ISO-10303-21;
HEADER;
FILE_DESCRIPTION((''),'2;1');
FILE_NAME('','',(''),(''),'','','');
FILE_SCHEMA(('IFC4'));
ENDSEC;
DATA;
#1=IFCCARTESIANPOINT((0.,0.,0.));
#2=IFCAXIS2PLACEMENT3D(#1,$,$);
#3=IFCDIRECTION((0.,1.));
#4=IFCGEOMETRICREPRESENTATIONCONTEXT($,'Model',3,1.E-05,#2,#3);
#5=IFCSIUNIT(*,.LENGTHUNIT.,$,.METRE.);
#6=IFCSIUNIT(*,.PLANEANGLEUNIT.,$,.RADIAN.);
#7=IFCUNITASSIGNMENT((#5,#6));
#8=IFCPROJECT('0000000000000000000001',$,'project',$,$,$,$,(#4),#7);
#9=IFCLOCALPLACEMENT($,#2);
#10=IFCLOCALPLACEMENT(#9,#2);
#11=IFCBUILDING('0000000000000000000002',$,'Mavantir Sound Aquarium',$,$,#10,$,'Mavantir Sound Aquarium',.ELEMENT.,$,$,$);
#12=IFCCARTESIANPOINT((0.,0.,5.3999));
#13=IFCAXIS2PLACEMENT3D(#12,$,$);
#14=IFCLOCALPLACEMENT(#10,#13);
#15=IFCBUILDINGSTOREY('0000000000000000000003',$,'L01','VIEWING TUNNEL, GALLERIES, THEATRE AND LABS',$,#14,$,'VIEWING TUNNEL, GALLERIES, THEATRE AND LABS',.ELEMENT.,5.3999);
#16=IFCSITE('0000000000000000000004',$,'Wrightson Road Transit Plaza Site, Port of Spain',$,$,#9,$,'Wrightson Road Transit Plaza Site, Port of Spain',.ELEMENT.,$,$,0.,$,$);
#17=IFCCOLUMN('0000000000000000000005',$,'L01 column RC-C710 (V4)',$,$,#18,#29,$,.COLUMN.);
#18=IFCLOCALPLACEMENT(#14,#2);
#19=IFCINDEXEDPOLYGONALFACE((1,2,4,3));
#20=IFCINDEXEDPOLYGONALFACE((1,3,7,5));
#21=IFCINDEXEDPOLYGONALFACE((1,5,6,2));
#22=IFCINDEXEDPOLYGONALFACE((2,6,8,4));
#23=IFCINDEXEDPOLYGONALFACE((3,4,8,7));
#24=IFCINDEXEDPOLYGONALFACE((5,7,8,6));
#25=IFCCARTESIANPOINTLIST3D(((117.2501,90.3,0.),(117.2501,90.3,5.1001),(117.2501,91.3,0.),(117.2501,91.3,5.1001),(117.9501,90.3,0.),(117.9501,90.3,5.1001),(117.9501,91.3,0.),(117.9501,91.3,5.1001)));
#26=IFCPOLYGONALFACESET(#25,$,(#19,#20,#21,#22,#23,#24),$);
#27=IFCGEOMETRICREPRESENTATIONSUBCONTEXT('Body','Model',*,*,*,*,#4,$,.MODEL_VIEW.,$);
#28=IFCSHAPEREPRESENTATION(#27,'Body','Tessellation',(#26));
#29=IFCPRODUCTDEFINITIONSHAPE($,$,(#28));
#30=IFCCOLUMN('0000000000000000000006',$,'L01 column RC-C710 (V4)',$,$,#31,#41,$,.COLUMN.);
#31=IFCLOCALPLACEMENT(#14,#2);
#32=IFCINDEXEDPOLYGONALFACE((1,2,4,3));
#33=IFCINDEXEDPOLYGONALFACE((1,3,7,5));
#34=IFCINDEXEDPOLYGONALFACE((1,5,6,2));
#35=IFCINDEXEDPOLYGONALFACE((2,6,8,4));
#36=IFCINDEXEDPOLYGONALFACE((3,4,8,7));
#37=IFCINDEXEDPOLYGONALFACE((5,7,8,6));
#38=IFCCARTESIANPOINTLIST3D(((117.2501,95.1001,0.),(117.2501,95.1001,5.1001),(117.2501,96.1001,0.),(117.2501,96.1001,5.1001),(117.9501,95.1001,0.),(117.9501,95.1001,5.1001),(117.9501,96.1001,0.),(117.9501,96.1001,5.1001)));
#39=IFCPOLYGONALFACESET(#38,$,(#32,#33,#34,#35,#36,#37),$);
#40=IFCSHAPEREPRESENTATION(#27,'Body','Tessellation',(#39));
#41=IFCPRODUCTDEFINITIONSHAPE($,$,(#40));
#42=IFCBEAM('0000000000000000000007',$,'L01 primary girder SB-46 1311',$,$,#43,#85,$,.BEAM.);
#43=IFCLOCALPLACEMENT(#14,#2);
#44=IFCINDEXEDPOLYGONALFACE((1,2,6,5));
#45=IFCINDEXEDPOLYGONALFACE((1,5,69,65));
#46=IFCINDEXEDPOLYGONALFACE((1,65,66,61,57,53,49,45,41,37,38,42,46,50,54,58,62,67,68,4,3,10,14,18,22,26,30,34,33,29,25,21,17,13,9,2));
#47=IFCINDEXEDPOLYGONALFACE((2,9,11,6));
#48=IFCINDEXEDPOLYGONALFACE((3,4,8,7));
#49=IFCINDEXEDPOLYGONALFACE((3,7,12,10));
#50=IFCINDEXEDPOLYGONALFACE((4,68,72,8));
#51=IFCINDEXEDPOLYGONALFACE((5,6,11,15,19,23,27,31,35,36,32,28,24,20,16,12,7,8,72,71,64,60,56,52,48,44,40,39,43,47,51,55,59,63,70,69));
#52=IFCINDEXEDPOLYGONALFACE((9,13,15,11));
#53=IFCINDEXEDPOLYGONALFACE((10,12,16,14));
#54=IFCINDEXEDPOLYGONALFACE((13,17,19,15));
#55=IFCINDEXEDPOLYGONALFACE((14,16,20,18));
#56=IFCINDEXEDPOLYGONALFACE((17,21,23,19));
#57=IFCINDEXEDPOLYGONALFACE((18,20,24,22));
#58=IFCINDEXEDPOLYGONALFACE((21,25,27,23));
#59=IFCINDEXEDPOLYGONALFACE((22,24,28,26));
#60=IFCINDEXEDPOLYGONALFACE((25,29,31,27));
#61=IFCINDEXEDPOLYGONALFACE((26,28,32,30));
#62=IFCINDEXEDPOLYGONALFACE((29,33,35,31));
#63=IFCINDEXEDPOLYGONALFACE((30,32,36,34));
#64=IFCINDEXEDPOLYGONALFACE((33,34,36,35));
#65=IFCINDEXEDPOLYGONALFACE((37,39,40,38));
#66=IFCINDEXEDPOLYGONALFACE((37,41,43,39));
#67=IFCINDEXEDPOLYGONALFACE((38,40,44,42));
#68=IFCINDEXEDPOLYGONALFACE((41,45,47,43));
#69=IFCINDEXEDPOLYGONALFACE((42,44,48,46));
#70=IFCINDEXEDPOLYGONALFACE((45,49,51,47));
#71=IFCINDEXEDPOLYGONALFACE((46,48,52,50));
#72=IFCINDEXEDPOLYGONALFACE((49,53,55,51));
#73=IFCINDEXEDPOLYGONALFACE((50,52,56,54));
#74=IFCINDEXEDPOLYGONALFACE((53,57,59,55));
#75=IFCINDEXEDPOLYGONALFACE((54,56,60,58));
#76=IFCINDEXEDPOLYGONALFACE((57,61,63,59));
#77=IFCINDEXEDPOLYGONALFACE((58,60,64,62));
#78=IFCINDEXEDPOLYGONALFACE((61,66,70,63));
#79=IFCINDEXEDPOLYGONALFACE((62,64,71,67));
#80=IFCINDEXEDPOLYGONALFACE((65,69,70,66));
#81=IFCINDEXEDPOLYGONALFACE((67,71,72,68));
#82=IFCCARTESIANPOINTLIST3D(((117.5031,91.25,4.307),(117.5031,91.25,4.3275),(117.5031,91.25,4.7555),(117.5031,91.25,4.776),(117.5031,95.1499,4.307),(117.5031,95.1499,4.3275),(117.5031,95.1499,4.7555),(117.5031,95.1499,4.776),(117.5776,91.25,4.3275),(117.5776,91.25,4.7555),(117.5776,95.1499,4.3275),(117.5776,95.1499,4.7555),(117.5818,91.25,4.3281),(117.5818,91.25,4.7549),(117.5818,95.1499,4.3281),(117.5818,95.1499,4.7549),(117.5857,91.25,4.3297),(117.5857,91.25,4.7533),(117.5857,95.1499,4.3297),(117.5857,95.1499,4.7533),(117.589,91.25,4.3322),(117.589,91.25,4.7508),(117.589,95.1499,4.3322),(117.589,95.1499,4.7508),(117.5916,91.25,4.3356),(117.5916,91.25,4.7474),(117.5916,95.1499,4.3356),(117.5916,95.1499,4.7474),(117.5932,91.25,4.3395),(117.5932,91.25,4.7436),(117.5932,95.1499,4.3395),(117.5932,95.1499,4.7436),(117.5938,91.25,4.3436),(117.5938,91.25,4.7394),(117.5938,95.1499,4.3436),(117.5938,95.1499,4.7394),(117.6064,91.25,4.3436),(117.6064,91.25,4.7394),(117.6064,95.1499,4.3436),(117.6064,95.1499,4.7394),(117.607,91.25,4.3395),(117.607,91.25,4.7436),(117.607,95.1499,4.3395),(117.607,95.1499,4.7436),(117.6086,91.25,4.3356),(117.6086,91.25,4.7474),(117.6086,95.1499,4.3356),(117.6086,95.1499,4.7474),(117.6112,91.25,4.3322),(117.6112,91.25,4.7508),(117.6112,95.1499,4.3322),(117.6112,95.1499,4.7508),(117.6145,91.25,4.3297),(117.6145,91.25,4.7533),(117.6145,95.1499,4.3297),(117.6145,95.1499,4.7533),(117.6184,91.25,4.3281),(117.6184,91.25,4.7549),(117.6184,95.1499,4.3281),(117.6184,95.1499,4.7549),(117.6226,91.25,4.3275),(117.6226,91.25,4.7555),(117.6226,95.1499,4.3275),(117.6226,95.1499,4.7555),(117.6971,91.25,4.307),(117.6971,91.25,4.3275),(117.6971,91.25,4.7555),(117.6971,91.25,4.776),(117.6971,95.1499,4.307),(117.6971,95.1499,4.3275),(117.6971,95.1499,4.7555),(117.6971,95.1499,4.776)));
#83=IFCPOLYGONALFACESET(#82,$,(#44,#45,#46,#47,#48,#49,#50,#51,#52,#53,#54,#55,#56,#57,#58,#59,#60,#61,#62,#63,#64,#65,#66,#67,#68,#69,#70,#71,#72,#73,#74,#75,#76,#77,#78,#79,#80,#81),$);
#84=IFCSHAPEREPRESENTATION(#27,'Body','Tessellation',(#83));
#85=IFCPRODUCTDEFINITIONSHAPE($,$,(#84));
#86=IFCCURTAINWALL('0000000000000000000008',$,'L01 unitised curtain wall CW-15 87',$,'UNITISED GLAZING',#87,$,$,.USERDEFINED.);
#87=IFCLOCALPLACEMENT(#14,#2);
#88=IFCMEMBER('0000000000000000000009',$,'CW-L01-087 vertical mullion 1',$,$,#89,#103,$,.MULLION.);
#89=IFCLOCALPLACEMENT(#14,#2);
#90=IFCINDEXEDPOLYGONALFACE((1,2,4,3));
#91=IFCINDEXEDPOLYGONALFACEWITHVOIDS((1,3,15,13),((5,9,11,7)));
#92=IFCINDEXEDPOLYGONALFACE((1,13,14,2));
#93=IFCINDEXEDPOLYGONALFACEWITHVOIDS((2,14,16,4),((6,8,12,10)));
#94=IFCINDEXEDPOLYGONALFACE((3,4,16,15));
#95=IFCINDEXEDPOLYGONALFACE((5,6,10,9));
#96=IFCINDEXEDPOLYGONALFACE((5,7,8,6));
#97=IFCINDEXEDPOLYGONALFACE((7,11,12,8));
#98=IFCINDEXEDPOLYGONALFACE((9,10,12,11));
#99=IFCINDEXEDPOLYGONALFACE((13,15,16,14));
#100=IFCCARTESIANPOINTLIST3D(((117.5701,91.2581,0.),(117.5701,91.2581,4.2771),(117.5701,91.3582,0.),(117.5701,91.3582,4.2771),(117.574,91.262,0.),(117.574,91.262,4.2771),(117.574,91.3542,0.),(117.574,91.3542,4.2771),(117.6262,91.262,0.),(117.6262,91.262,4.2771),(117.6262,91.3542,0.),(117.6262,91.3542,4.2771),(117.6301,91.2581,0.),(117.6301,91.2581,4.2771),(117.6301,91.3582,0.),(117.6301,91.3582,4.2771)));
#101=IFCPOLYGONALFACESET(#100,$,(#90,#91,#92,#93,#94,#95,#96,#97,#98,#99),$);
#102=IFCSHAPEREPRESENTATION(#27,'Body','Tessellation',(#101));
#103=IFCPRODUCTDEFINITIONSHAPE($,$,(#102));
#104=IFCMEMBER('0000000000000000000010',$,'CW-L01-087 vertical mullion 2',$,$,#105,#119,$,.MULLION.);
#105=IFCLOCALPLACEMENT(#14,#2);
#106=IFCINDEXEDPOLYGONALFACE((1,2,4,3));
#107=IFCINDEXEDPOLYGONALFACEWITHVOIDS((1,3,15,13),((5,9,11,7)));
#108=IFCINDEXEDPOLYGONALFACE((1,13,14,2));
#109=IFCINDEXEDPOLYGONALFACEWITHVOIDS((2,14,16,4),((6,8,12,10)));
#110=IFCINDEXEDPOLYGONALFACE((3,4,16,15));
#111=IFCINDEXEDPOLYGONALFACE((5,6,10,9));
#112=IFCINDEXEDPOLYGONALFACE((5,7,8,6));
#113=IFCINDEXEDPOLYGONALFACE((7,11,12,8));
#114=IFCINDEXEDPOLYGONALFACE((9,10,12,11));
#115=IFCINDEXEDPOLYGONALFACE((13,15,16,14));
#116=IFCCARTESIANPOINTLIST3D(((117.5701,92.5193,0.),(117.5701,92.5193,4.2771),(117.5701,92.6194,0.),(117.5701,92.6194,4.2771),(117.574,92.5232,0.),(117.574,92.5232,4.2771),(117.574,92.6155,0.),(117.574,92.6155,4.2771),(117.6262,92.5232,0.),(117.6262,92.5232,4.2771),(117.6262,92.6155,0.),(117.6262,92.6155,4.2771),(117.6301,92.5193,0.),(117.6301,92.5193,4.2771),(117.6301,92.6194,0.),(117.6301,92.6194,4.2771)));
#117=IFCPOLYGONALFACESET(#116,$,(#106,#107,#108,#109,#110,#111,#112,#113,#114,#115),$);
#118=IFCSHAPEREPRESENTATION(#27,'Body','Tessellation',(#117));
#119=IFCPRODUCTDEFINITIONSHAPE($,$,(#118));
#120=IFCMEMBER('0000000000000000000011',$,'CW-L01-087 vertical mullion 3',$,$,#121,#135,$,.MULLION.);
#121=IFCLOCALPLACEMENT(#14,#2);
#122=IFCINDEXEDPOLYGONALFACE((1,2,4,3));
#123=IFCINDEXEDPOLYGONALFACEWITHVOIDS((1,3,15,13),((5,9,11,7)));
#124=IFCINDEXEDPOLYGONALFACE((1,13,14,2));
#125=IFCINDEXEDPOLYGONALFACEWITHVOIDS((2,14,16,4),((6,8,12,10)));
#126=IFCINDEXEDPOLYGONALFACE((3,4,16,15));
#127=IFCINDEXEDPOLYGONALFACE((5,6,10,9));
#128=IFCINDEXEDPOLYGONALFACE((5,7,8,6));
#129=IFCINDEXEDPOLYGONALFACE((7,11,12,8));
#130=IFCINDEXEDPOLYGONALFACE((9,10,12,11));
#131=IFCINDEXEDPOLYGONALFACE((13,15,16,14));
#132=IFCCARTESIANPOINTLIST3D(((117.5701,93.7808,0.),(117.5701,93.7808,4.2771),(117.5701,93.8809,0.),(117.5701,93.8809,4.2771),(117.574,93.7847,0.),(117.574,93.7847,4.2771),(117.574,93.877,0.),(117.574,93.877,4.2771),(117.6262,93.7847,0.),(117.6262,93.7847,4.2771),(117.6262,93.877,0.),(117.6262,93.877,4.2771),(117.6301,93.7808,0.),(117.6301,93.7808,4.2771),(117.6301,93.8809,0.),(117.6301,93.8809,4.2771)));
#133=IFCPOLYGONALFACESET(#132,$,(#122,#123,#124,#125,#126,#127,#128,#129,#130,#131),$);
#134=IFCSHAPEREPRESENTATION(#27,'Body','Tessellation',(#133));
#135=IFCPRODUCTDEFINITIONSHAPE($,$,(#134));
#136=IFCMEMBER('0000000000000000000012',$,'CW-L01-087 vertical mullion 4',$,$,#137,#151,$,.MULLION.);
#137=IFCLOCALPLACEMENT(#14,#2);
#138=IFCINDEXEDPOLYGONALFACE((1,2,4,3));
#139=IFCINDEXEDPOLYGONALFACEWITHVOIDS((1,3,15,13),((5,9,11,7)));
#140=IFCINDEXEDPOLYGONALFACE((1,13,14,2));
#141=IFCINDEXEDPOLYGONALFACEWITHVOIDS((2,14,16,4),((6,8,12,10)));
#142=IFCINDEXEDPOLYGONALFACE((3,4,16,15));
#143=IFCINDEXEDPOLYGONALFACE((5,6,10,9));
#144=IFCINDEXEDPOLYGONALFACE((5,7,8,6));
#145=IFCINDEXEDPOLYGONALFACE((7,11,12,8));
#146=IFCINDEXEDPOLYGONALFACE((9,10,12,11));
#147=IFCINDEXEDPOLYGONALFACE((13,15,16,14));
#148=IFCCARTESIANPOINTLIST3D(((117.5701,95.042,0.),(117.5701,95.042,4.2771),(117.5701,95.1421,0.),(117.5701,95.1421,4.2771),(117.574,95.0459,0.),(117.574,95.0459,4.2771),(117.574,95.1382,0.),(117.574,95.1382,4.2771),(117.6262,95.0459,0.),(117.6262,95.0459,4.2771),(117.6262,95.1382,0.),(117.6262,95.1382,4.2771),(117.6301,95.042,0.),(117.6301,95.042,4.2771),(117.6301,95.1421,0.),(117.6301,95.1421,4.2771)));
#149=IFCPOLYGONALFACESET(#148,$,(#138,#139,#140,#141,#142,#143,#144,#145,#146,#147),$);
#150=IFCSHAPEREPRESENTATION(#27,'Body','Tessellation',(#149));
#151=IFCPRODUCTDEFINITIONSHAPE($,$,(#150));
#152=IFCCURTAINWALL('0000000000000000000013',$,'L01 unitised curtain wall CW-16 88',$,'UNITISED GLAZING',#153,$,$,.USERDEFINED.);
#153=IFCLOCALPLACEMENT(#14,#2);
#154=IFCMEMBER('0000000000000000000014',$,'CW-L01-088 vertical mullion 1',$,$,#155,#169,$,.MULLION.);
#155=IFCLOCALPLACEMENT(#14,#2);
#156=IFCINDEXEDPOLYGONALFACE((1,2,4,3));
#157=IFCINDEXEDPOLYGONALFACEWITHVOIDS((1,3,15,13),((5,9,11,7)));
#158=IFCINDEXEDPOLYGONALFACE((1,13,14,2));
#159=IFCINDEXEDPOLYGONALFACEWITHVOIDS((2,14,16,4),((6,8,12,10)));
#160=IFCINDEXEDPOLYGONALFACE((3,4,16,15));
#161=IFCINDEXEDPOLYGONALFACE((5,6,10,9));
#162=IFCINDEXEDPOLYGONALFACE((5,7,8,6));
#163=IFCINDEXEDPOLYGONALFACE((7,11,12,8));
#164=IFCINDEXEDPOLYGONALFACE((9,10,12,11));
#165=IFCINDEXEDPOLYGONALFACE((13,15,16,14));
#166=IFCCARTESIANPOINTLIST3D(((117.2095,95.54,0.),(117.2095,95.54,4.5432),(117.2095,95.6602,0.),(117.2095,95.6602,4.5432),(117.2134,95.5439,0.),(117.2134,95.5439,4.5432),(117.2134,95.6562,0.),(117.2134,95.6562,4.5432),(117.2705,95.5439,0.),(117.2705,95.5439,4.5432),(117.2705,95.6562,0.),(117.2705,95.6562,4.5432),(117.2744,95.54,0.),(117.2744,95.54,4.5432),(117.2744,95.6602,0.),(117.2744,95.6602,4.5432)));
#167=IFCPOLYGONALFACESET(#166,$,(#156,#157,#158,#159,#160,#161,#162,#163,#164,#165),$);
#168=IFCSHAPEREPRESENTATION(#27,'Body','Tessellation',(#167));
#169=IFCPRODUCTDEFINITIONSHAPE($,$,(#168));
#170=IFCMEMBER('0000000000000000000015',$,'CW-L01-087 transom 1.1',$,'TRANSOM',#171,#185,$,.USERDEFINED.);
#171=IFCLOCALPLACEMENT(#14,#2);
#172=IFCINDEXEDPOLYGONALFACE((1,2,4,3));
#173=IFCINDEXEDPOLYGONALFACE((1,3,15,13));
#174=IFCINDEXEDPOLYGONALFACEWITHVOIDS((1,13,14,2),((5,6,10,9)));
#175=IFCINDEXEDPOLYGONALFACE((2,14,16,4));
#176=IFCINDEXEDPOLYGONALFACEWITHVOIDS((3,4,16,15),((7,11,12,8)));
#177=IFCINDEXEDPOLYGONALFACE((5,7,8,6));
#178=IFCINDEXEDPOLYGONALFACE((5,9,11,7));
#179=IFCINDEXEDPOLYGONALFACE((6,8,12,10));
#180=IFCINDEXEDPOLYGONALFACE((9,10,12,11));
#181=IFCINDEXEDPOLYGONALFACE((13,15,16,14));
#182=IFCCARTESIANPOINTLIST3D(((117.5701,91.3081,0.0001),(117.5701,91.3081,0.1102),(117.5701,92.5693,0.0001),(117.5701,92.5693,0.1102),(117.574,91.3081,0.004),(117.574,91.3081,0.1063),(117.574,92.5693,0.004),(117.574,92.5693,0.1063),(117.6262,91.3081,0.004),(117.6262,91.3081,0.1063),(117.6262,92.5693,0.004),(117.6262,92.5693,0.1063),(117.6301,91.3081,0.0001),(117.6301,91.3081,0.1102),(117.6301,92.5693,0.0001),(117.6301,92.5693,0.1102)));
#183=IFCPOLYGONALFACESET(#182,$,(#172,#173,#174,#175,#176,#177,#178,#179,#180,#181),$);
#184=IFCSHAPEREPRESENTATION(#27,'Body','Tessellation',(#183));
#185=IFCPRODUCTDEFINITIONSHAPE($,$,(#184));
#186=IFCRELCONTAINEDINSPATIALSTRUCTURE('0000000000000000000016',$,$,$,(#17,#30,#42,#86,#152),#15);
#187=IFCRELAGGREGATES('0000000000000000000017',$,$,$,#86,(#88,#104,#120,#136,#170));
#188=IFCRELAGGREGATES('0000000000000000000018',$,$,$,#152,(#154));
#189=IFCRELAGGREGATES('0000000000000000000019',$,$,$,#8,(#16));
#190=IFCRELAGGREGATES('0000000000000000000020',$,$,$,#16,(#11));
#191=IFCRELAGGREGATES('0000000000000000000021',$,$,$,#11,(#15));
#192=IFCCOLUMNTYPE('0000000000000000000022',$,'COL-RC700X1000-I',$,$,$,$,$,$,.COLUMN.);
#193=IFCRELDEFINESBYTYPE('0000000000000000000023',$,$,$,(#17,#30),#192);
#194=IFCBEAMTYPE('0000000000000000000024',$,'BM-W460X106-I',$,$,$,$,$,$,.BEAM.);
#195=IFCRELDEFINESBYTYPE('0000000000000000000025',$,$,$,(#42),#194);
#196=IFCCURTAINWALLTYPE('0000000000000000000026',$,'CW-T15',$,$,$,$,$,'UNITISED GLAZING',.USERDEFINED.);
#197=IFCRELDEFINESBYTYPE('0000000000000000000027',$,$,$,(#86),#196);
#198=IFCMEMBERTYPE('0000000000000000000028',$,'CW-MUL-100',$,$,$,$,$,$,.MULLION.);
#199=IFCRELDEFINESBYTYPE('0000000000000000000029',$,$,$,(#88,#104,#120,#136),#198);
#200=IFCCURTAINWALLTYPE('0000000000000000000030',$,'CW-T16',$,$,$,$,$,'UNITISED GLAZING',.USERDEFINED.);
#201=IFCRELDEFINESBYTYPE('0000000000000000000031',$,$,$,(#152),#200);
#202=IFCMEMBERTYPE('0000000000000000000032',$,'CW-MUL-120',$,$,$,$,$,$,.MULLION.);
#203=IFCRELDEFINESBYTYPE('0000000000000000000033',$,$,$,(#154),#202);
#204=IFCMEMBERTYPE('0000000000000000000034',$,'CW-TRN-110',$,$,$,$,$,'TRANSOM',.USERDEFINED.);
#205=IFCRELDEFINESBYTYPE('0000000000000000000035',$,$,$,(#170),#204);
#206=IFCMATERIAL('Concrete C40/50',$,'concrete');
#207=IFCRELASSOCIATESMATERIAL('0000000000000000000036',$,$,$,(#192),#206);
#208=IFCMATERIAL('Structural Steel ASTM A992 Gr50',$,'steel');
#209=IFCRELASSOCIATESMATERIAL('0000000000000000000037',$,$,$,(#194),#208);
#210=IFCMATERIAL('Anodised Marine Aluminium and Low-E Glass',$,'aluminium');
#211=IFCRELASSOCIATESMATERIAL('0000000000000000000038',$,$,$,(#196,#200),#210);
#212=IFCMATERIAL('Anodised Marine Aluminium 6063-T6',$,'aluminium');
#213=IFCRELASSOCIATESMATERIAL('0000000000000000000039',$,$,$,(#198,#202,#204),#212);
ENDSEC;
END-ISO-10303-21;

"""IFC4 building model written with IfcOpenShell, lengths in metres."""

from ifc_helpers import new_model, si_unit, direction, frame, origin, origin_2d, place, context, subcontext, project, spatial, rectangle, hollow_rectangle, i_section, extrude, material, material_profile, profile_set, type_object, element, aggregate, save


model = new_model("IFC4")

# Units and contexts
model_context = context("Model", 3, precision=1e-05, world=origin(), true_north=direction((0.0, 1.0)))
body_context = subcontext(model_context, "Body", "Model", "MODEL_VIEW")
ifc_project = project(units=[si_unit("LENGTHUNIT", "METRE"), si_unit("PLANEANGLEUNIT", "RADIAN")], contexts=[model_context])

# Site, building, storey
site_placement = place(None, origin())
site = spatial("IfcSite", under=ifc_project, at=site_placement, Name="Wrightson Road Transit Plaza Site, Port of Spain", LongName="Wrightson Road Transit Plaza Site, Port of Spain", CompositionType="ELEMENT", RefElevation=0.0)
building_placement = place(site_placement, origin())
building = spatial("IfcBuilding", under=site, at=building_placement, Name="Mavantir Sound Aquarium", LongName="Mavantir Sound Aquarium", CompositionType="ELEMENT")
storey_placement = place(building_placement, frame((0.0, 0.0, 5.3999)))
storey = spatial("IfcBuildingStorey", under=building, at=storey_placement, Name="L01", Description="VIEWING TUNNEL, GALLERIES, THEATRE AND LABS", LongName="VIEWING TUNNEL, GALLERIES, THEATRE AND LABS", CompositionType="ELEMENT", Elevation=5.3999)

# Columns
ifc_material_1 = material(Name="Concrete C40/50", Category="concrete")
ifc_material_profile_1 = material_profile(ifc_material_1, rectangle(XDim=0.7, YDim=1.0, at=origin_2d()), Name="RC 700X1000")
ifc_profile_set_1 = profile_set([ifc_material_profile_1], Name="Concrete C40/50")
column_type = type_object("IfcColumnType", Name="COL-RC700X1000-I", PredefinedType="COLUMN", material=ifc_profile_set_1)
for number, where, z_axis, x_axis, name in (
    (1, (117.6001, 90.8, 0.0), (0.0, 0.0, 1.0), (1.0, 0.0, 0.0), "L01 column RC-C710 (V4)"),
    (2, (117.6001, 95.6001, 0.0), (0.0, 0.0, 1.0), (1.0, 0.0, 0.0), "L01 column RC-C710 (V4)"),
):
    element("IfcColumn", number, at=place(storey_placement, frame(where, z_axis=z_axis, x_axis=x_axis)), inside=storey, type_object=column_type, Name=name, PredefinedType="COLUMN", context=body_context, shape_type="SweptSolid", body=[
        extrude(rectangle(XDim=0.7, YDim=1.0, at=origin_2d()), origin(), (0.0, 0.0, 1.0), 5.1001),
    ])

# Beam
ifc_material_2 = material(Name="Structural Steel ASTM A992 Gr50", Category="steel")
ifc_material_profile_2 = material_profile(ifc_material_2, i_section(OverallWidth=0.1941, OverallDepth=0.469, WebThickness=0.0127, FlangeThickness=0.0205, FilletRadius=0.0161, at=origin_2d()), Name="W460X106")
ifc_profile_set_2 = profile_set([ifc_material_profile_2], Name="Structural Steel ASTM A992 Gr50")
beam_type = type_object("IfcBeamType", Name="BM-W460X106-I", PredefinedType="BEAM", material=ifc_profile_set_2)
beam_placement = place(storey_placement, frame((117.6001, 91.25, 4.5415), z_axis=(0.0, 1.0, 0.0), x_axis=(-1.0, 0.0, 0.0)))
element("IfcBeam", 3, at=beam_placement, inside=storey, type_object=beam_type, Name="L01 primary girder SB-46 1311", PredefinedType="BEAM", context=body_context, shape_type="SweptSolid", body=[
    extrude(i_section(OverallWidth=0.1941, OverallDepth=0.469, WebThickness=0.0127, FlangeThickness=0.0205, FilletRadius=0.0161, at=origin_2d()), origin(), (0.0, 0.0, 1.0), 3.8999),
])

# Curtain wall, members
ifc_material_3 = material(Name="Anodised Marine Aluminium and Low-E Glass", Category="aluminium")
curtain_wall_type_1 = type_object("IfcCurtainWallType", Name="CW-T15", ElementType="UNITISED GLAZING", PredefinedType="USERDEFINED", material=ifc_material_3)
curtain_wall_1_placement = place(storey_placement, origin())
curtain_wall_1 = element("IfcCurtainWall", 4, at=curtain_wall_1_placement, inside=storey, type_object=curtain_wall_type_1, Name="L01 unitised curtain wall CW-15 87", ObjectType="UNITISED GLAZING", PredefinedType="USERDEFINED")
ifc_material_4 = material(Name="Anodised Marine Aluminium 6063-T6", Category="aluminium")
ifc_material_profile_3 = material_profile(ifc_material_4, hollow_rectangle(XDim=0.0601, YDim=0.1001, WallThickness=0.0039, at=origin_2d()), Name="ALU-MULLION-100X60")
ifc_profile_set_3 = profile_set([ifc_material_profile_3], Name="Anodised Marine Aluminium 6063-T6")
member_type_1 = type_object("IfcMemberType", Name="CW-MUL-100", PredefinedType="MULLION", material=ifc_profile_set_3)
member_1_placement = place(storey_placement, frame((117.6001, 91.3081, 0.0), z_axis=(0.0, 0.0, 1.0), x_axis=(1.0, 0.0, 0.0)))
member_1 = element("IfcMember", 5, at=member_1_placement, type_object=member_type_1, Name="CW-L01-087 vertical mullion 1", PredefinedType="MULLION", context=body_context, shape_type="SweptSolid", body=[
    extrude(hollow_rectangle(XDim=0.0601, YDim=0.1001, WallThickness=0.0039, at=origin_2d()), origin(), (0.0, 0.0, 1.0), 4.2771),
])
member_2_placement = place(storey_placement, frame((117.6001, 92.5693, 0.0), z_axis=(0.0, 0.0, 1.0), x_axis=(1.0, 0.0, 0.0)))
member_2 = element("IfcMember", 6, at=member_2_placement, type_object=member_type_1, Name="CW-L01-087 vertical mullion 2", PredefinedType="MULLION", context=body_context, shape_type="SweptSolid", body=[
    extrude(hollow_rectangle(XDim=0.0601, YDim=0.1001, WallThickness=0.0039, at=origin_2d()), origin(), (0.0, 0.0, 1.0), 4.2771),
])
member_3_placement = place(storey_placement, frame((117.6001, 93.8308, 0.0), z_axis=(0.0, 0.0, 1.0), x_axis=(1.0, 0.0, 0.0)))
member_3 = element("IfcMember", 7, at=member_3_placement, type_object=member_type_1, Name="CW-L01-087 vertical mullion 3", PredefinedType="MULLION", context=body_context, shape_type="SweptSolid", body=[
    extrude(hollow_rectangle(XDim=0.0601, YDim=0.1001, WallThickness=0.0039, at=origin_2d()), origin(), (0.0, 0.0, 1.0), 4.2771),
])
member_4_placement = place(storey_placement, frame((117.6001, 95.092, 0.0), z_axis=(0.0, 0.0, 1.0), x_axis=(1.0, 0.0, 0.0)))
member_4 = element("IfcMember", 8, at=member_4_placement, type_object=member_type_1, Name="CW-L01-087 vertical mullion 4", PredefinedType="MULLION", context=body_context, shape_type="SweptSolid", body=[
    extrude(hollow_rectangle(XDim=0.0601, YDim=0.1001, WallThickness=0.0039, at=origin_2d()), origin(), (0.0, 0.0, 1.0), 4.2771),
])

# Curtain wall, member
curtain_wall_type_2 = type_object("IfcCurtainWallType", Name="CW-T16", ElementType="UNITISED GLAZING", PredefinedType="USERDEFINED", material=ifc_material_3)
curtain_wall_2_placement = place(storey_placement, origin())
curtain_wall_2 = element("IfcCurtainWall", 9, at=curtain_wall_2_placement, inside=storey, type_object=curtain_wall_type_2, Name="L01 unitised curtain wall CW-16 88", ObjectType="UNITISED GLAZING", PredefinedType="USERDEFINED")
ifc_material_profile_4 = material_profile(ifc_material_4, hollow_rectangle(XDim=0.0649, YDim=0.1201, WallThickness=0.0039, at=origin_2d()), Name="ALU-MULLION-120X65")
ifc_profile_set_4 = profile_set([ifc_material_profile_4], Name="Anodised Marine Aluminium 6063-T6")
member_type_2 = type_object("IfcMemberType", Name="CW-MUL-120", PredefinedType="MULLION", material=ifc_profile_set_4)
member_5_placement = place(storey_placement, frame((117.2419, 95.6001, 0.0), z_axis=(0.0, 0.0, 1.0), x_axis=(1.0, 0.0, 0.0)))
member_5 = element("IfcMember", 10, at=member_5_placement, type_object=member_type_2, Name="CW-L01-088 vertical mullion 1", PredefinedType="MULLION", context=body_context, shape_type="SweptSolid", body=[
    extrude(hollow_rectangle(XDim=0.0649, YDim=0.1201, WallThickness=0.0039, at=origin_2d()), origin(), (0.0, 0.0, 1.0), 4.5432),
])

# Member
ifc_material_profile_5 = material_profile(ifc_material_4, hollow_rectangle(XDim=0.0601, YDim=0.1101, WallThickness=0.0039, at=origin_2d()), Name="ALU-TRANSOM-110X60")
ifc_profile_set_5 = profile_set([ifc_material_profile_5], Name="Anodised Marine Aluminium 6063-T6")
member_type_3 = type_object("IfcMemberType", Name="CW-TRN-110", ElementType="TRANSOM", PredefinedType="USERDEFINED", material=ifc_profile_set_5)
member_6_placement = place(storey_placement, frame((117.6001, 91.3081, 0.0552), z_axis=(0.0, 1.0, 0.0), x_axis=(-1.0, 0.0, 0.0)))
member_6 = element("IfcMember", 11, at=member_6_placement, type_object=member_type_3, Name="CW-L01-087 transom 1.1", ObjectType="TRANSOM", PredefinedType="USERDEFINED", context=body_context, shape_type="SweptSolid", body=[
    extrude(hollow_rectangle(XDim=0.0601, YDim=0.1101, WallThickness=0.0039, at=origin_2d()), origin(), (0.0, 0.0, 1.0), 1.2612),
])

aggregate(curtain_wall_1, [member_1, member_2, member_3, member_4, member_6])
aggregate(curtain_wall_2, [member_5])

save(model, "model.ifc")
